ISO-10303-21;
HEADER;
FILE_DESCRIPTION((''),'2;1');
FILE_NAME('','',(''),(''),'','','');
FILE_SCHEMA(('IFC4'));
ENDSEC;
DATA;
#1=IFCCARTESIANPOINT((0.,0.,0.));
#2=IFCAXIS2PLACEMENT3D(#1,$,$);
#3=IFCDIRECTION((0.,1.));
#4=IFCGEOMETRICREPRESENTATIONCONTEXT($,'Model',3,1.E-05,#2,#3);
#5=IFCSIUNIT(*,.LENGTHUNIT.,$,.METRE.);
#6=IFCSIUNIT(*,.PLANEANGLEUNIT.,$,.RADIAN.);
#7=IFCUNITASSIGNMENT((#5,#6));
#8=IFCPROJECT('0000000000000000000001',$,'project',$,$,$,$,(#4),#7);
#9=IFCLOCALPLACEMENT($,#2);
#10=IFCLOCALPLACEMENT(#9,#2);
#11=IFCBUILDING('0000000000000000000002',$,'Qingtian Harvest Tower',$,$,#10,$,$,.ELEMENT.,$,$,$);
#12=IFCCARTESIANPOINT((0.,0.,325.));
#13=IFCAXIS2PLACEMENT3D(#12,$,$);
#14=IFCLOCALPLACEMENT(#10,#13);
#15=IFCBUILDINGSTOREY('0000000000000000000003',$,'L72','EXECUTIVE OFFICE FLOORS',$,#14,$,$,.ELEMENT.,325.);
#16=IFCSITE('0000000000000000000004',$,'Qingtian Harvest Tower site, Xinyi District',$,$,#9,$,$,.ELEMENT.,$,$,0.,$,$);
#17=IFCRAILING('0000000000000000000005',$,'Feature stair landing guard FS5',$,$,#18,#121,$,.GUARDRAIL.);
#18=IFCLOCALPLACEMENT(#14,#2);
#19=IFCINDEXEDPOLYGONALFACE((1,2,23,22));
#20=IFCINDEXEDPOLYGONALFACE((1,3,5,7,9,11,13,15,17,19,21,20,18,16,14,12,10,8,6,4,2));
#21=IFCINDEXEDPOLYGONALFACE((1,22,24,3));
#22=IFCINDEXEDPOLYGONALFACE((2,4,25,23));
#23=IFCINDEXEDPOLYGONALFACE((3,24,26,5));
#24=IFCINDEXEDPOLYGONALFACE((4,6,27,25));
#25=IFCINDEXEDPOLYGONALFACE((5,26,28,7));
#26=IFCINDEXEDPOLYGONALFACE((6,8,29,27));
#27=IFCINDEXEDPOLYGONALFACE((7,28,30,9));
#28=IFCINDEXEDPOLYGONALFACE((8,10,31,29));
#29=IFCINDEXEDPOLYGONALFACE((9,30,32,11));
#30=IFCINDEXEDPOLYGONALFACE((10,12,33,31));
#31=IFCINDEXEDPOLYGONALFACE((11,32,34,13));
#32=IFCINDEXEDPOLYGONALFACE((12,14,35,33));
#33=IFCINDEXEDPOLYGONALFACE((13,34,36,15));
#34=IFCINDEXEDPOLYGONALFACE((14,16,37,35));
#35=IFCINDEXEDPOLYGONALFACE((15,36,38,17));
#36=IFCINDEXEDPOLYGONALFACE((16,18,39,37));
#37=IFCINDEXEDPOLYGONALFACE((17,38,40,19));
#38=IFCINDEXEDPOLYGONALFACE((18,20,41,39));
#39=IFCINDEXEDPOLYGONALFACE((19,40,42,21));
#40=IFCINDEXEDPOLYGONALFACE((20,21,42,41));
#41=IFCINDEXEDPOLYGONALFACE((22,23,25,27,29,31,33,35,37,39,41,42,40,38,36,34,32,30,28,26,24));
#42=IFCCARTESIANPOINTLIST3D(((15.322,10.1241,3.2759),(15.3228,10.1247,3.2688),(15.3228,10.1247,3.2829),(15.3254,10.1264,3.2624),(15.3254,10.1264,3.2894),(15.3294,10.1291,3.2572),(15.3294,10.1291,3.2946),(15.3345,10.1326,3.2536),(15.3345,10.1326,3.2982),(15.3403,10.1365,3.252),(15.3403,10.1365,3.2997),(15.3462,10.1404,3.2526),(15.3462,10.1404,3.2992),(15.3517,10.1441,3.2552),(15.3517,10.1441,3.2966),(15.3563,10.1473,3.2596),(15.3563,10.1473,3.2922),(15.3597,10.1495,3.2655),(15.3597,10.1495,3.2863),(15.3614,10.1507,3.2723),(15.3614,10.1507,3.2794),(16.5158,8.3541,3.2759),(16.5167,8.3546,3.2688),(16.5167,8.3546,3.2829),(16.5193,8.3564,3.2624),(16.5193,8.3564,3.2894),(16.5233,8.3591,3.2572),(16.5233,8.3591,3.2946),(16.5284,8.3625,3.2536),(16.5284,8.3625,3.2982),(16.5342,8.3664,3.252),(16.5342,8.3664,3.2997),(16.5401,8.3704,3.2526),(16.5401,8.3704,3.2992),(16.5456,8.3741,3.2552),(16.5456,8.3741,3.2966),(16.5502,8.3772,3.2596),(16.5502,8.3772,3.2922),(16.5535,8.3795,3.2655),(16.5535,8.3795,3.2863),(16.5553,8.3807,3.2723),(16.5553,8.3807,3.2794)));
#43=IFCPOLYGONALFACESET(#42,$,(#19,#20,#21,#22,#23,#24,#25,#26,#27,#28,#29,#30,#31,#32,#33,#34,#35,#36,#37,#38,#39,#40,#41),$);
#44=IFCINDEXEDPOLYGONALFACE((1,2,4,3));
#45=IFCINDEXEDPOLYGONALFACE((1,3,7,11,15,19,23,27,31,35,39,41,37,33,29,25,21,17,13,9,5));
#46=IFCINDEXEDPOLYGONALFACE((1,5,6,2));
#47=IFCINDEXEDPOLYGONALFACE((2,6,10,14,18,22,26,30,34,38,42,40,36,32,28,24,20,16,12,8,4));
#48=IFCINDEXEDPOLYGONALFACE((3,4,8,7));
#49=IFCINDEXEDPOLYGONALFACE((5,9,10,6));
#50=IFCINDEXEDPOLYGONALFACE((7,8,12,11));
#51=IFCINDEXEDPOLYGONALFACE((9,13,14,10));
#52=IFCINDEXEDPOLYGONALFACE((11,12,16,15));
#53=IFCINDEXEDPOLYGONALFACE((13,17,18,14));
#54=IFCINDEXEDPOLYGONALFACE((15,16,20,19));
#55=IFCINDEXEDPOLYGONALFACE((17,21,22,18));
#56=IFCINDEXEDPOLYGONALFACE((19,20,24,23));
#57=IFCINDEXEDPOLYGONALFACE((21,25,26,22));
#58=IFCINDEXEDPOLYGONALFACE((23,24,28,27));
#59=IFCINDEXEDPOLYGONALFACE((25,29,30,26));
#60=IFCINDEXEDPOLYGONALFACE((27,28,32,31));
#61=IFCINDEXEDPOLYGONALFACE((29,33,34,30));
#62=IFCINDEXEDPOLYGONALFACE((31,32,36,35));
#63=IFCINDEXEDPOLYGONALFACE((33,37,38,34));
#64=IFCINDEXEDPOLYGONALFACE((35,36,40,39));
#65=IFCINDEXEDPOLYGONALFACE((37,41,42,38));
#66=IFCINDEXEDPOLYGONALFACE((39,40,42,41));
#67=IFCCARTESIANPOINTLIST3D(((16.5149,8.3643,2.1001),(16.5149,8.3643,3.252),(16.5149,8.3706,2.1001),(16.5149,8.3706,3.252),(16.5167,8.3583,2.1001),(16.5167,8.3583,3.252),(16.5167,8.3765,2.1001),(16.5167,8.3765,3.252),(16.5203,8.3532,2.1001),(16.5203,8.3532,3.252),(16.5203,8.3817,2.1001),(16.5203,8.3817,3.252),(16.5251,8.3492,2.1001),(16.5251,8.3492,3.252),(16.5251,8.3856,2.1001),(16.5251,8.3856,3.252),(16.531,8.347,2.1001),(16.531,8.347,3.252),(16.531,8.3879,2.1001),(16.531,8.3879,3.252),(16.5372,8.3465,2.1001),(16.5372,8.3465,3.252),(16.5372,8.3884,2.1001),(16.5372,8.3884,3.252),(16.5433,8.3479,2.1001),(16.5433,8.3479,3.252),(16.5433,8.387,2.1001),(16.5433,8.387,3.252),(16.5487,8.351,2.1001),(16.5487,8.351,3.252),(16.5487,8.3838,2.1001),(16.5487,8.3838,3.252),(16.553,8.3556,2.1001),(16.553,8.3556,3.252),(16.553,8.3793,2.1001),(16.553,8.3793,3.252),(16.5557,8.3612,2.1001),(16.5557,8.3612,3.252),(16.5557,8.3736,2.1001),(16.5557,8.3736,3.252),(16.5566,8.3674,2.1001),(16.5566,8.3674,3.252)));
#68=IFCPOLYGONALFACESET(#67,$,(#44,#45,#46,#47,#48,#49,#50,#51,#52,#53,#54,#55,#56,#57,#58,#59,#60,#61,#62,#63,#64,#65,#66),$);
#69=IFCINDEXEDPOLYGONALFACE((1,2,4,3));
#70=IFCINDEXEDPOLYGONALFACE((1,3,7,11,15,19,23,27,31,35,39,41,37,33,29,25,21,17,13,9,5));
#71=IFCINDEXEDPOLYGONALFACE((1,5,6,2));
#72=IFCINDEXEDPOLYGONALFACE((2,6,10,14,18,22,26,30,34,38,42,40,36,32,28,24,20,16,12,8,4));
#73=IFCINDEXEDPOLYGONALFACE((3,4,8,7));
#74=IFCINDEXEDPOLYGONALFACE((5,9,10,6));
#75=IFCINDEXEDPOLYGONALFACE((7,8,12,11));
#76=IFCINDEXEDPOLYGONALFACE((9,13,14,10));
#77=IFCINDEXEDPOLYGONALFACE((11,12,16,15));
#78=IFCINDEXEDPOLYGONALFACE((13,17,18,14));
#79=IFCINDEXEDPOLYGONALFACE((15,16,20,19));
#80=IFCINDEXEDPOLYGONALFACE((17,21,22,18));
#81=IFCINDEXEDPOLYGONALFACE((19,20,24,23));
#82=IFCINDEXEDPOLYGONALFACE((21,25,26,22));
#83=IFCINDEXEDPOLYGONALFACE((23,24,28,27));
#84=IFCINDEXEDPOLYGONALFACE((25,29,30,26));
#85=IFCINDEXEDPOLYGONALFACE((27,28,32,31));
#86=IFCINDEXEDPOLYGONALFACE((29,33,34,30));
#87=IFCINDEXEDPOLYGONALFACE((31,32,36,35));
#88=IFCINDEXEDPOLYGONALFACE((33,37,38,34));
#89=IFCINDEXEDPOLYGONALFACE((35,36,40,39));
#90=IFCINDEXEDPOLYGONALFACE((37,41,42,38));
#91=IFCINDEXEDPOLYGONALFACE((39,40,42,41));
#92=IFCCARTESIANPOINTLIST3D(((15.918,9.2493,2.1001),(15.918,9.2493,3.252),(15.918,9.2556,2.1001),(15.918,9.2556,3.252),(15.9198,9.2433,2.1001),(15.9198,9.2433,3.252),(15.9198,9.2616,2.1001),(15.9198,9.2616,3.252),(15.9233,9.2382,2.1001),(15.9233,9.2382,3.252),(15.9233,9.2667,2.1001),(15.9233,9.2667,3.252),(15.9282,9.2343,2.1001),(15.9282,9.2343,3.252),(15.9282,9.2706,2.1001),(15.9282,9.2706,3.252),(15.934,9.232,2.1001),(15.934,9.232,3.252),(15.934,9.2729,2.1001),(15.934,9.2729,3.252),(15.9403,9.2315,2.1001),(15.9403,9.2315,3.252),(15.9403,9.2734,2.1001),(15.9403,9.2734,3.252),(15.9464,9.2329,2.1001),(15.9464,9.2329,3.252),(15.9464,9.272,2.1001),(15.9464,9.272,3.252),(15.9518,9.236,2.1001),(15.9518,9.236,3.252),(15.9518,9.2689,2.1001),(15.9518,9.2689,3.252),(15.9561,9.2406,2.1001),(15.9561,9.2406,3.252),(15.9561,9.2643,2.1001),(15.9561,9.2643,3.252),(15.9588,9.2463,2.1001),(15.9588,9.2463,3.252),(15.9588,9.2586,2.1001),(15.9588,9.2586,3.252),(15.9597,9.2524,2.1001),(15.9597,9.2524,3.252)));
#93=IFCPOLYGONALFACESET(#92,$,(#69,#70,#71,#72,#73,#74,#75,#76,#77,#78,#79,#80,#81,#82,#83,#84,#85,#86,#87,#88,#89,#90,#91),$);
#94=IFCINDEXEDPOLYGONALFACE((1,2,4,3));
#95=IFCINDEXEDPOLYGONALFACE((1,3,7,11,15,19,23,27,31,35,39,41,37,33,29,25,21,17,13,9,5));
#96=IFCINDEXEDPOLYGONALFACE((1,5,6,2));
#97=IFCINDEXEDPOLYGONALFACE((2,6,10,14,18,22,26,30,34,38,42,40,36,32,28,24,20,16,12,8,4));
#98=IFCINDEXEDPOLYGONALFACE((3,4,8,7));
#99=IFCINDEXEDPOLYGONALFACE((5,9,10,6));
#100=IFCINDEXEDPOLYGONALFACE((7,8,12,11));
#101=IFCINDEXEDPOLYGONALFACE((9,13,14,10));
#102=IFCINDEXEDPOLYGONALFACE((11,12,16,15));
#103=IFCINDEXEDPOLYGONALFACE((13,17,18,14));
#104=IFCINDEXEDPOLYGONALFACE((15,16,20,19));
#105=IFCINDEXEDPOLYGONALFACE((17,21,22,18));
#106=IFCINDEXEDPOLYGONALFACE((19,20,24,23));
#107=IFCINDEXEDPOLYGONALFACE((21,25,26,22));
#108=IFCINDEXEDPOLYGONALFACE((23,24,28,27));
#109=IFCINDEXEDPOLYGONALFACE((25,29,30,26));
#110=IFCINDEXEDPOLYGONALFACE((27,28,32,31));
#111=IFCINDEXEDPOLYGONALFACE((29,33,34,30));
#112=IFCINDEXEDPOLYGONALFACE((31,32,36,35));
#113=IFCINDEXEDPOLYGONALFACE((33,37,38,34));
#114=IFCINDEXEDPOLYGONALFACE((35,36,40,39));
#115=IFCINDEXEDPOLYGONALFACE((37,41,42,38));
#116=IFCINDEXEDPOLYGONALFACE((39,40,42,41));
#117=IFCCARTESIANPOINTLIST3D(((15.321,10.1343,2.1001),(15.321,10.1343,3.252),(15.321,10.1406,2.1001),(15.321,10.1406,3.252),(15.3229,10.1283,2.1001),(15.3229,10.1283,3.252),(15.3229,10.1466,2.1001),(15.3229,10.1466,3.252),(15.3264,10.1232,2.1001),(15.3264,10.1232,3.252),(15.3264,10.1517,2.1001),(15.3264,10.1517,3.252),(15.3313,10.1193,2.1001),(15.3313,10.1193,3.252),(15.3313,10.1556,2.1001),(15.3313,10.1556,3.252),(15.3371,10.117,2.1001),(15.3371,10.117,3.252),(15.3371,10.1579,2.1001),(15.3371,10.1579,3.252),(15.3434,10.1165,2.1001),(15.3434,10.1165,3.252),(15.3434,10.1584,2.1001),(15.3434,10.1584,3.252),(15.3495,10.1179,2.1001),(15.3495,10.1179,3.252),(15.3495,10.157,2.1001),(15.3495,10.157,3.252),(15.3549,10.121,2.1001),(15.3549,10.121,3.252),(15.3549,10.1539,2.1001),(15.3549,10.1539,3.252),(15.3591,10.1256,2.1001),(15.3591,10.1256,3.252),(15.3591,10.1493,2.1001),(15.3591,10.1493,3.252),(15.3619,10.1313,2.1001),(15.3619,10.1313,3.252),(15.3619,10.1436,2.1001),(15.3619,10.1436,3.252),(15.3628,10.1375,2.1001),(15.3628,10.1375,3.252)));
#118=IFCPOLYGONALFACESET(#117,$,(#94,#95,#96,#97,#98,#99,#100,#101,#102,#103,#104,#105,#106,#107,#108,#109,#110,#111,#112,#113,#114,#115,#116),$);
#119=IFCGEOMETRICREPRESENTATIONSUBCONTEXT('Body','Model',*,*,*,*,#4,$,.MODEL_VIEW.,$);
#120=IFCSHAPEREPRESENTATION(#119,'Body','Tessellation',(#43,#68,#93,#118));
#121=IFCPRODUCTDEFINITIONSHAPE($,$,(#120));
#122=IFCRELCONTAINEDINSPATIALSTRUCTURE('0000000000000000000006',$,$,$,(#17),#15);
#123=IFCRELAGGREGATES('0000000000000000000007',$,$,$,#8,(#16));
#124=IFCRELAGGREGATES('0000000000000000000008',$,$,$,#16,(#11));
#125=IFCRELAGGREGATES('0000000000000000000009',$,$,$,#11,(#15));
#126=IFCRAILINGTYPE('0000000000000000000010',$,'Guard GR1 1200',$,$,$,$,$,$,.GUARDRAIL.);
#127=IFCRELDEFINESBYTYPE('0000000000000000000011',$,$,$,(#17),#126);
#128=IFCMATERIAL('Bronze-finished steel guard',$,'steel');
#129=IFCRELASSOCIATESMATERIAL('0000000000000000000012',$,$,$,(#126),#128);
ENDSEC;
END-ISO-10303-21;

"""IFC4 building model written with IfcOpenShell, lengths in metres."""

from ifc_helpers import new_model, si_unit, direction, frame, origin, origin_2d, place, context, subcontext, project, spatial, circle, extrude, material, type_object, element, save


model = new_model("IFC4")

# Units and contexts
model_context = context("Model", 3, precision=1e-05, world=origin(), true_north=direction((0.0, 1.0)))
body_context = subcontext(model_context, "Body", "Model", "MODEL_VIEW")
ifc_project = project(units=[si_unit("LENGTHUNIT", "METRE"), si_unit("PLANEANGLEUNIT", "RADIAN")], contexts=[model_context])

# Site, building, storey
site_placement = place(None, origin())
site = spatial("IfcSite", under=ifc_project, at=site_placement, Name="Qingtian Harvest Tower site, Xinyi District", CompositionType="ELEMENT", RefElevation=0.0)
building_placement = place(site_placement, origin())
building = spatial("IfcBuilding", under=site, at=building_placement, Name="Qingtian Harvest Tower", CompositionType="ELEMENT")
storey_placement = place(building_placement, frame((0.0, 0.0, 325.0)))
storey = spatial("IfcBuildingStorey", under=building, at=storey_placement, Name="L72", Description="EXECUTIVE OFFICE FLOORS", CompositionType="ELEMENT", Elevation=325.0)

# Railing
ifc_material_1 = material(Name="Bronze-finished steel guard", Category="steel")
railing_type = type_object("IfcRailingType", Name="Guard GR1 1200", PredefinedType="GUARDRAIL", material=ifc_material_1)
railing_placement = place(storey_placement, frame((16.5356, 8.3674, 2.1001)))
element("IfcRailing", 1, at=railing_placement, inside=storey, type_object=railing_type, Name="Feature stair landing guard FS5", PredefinedType="GUARDRAIL", context=body_context, shape_type="SweptSolid", body=[
    extrude(circle(Radius=0.0239, at=origin_2d()), frame((0.0, 0.0, 1.1758), z_axis=(-0.559178, 0.829047, 0.0), x_axis=(-0.829047, -0.559178, 0.0)), (0.0, 0.0, 1.0), 2.135),
    extrude(circle(Radius=0.021, at=origin_2d()), origin(), (0.0, 0.0, 1.0), 1.1519),
    extrude(circle(Radius=0.021, at=origin_2d()), frame((-0.5969, 0.885, 0.0)), (0.0, 0.0, 1.0), 1.1519),
    extrude(circle(Radius=0.021, at=origin_2d()), frame((-1.1938, 1.77, 0.0)), (0.0, 0.0, 1.0), 1.1519),
])

save(model, "model.ifc")
